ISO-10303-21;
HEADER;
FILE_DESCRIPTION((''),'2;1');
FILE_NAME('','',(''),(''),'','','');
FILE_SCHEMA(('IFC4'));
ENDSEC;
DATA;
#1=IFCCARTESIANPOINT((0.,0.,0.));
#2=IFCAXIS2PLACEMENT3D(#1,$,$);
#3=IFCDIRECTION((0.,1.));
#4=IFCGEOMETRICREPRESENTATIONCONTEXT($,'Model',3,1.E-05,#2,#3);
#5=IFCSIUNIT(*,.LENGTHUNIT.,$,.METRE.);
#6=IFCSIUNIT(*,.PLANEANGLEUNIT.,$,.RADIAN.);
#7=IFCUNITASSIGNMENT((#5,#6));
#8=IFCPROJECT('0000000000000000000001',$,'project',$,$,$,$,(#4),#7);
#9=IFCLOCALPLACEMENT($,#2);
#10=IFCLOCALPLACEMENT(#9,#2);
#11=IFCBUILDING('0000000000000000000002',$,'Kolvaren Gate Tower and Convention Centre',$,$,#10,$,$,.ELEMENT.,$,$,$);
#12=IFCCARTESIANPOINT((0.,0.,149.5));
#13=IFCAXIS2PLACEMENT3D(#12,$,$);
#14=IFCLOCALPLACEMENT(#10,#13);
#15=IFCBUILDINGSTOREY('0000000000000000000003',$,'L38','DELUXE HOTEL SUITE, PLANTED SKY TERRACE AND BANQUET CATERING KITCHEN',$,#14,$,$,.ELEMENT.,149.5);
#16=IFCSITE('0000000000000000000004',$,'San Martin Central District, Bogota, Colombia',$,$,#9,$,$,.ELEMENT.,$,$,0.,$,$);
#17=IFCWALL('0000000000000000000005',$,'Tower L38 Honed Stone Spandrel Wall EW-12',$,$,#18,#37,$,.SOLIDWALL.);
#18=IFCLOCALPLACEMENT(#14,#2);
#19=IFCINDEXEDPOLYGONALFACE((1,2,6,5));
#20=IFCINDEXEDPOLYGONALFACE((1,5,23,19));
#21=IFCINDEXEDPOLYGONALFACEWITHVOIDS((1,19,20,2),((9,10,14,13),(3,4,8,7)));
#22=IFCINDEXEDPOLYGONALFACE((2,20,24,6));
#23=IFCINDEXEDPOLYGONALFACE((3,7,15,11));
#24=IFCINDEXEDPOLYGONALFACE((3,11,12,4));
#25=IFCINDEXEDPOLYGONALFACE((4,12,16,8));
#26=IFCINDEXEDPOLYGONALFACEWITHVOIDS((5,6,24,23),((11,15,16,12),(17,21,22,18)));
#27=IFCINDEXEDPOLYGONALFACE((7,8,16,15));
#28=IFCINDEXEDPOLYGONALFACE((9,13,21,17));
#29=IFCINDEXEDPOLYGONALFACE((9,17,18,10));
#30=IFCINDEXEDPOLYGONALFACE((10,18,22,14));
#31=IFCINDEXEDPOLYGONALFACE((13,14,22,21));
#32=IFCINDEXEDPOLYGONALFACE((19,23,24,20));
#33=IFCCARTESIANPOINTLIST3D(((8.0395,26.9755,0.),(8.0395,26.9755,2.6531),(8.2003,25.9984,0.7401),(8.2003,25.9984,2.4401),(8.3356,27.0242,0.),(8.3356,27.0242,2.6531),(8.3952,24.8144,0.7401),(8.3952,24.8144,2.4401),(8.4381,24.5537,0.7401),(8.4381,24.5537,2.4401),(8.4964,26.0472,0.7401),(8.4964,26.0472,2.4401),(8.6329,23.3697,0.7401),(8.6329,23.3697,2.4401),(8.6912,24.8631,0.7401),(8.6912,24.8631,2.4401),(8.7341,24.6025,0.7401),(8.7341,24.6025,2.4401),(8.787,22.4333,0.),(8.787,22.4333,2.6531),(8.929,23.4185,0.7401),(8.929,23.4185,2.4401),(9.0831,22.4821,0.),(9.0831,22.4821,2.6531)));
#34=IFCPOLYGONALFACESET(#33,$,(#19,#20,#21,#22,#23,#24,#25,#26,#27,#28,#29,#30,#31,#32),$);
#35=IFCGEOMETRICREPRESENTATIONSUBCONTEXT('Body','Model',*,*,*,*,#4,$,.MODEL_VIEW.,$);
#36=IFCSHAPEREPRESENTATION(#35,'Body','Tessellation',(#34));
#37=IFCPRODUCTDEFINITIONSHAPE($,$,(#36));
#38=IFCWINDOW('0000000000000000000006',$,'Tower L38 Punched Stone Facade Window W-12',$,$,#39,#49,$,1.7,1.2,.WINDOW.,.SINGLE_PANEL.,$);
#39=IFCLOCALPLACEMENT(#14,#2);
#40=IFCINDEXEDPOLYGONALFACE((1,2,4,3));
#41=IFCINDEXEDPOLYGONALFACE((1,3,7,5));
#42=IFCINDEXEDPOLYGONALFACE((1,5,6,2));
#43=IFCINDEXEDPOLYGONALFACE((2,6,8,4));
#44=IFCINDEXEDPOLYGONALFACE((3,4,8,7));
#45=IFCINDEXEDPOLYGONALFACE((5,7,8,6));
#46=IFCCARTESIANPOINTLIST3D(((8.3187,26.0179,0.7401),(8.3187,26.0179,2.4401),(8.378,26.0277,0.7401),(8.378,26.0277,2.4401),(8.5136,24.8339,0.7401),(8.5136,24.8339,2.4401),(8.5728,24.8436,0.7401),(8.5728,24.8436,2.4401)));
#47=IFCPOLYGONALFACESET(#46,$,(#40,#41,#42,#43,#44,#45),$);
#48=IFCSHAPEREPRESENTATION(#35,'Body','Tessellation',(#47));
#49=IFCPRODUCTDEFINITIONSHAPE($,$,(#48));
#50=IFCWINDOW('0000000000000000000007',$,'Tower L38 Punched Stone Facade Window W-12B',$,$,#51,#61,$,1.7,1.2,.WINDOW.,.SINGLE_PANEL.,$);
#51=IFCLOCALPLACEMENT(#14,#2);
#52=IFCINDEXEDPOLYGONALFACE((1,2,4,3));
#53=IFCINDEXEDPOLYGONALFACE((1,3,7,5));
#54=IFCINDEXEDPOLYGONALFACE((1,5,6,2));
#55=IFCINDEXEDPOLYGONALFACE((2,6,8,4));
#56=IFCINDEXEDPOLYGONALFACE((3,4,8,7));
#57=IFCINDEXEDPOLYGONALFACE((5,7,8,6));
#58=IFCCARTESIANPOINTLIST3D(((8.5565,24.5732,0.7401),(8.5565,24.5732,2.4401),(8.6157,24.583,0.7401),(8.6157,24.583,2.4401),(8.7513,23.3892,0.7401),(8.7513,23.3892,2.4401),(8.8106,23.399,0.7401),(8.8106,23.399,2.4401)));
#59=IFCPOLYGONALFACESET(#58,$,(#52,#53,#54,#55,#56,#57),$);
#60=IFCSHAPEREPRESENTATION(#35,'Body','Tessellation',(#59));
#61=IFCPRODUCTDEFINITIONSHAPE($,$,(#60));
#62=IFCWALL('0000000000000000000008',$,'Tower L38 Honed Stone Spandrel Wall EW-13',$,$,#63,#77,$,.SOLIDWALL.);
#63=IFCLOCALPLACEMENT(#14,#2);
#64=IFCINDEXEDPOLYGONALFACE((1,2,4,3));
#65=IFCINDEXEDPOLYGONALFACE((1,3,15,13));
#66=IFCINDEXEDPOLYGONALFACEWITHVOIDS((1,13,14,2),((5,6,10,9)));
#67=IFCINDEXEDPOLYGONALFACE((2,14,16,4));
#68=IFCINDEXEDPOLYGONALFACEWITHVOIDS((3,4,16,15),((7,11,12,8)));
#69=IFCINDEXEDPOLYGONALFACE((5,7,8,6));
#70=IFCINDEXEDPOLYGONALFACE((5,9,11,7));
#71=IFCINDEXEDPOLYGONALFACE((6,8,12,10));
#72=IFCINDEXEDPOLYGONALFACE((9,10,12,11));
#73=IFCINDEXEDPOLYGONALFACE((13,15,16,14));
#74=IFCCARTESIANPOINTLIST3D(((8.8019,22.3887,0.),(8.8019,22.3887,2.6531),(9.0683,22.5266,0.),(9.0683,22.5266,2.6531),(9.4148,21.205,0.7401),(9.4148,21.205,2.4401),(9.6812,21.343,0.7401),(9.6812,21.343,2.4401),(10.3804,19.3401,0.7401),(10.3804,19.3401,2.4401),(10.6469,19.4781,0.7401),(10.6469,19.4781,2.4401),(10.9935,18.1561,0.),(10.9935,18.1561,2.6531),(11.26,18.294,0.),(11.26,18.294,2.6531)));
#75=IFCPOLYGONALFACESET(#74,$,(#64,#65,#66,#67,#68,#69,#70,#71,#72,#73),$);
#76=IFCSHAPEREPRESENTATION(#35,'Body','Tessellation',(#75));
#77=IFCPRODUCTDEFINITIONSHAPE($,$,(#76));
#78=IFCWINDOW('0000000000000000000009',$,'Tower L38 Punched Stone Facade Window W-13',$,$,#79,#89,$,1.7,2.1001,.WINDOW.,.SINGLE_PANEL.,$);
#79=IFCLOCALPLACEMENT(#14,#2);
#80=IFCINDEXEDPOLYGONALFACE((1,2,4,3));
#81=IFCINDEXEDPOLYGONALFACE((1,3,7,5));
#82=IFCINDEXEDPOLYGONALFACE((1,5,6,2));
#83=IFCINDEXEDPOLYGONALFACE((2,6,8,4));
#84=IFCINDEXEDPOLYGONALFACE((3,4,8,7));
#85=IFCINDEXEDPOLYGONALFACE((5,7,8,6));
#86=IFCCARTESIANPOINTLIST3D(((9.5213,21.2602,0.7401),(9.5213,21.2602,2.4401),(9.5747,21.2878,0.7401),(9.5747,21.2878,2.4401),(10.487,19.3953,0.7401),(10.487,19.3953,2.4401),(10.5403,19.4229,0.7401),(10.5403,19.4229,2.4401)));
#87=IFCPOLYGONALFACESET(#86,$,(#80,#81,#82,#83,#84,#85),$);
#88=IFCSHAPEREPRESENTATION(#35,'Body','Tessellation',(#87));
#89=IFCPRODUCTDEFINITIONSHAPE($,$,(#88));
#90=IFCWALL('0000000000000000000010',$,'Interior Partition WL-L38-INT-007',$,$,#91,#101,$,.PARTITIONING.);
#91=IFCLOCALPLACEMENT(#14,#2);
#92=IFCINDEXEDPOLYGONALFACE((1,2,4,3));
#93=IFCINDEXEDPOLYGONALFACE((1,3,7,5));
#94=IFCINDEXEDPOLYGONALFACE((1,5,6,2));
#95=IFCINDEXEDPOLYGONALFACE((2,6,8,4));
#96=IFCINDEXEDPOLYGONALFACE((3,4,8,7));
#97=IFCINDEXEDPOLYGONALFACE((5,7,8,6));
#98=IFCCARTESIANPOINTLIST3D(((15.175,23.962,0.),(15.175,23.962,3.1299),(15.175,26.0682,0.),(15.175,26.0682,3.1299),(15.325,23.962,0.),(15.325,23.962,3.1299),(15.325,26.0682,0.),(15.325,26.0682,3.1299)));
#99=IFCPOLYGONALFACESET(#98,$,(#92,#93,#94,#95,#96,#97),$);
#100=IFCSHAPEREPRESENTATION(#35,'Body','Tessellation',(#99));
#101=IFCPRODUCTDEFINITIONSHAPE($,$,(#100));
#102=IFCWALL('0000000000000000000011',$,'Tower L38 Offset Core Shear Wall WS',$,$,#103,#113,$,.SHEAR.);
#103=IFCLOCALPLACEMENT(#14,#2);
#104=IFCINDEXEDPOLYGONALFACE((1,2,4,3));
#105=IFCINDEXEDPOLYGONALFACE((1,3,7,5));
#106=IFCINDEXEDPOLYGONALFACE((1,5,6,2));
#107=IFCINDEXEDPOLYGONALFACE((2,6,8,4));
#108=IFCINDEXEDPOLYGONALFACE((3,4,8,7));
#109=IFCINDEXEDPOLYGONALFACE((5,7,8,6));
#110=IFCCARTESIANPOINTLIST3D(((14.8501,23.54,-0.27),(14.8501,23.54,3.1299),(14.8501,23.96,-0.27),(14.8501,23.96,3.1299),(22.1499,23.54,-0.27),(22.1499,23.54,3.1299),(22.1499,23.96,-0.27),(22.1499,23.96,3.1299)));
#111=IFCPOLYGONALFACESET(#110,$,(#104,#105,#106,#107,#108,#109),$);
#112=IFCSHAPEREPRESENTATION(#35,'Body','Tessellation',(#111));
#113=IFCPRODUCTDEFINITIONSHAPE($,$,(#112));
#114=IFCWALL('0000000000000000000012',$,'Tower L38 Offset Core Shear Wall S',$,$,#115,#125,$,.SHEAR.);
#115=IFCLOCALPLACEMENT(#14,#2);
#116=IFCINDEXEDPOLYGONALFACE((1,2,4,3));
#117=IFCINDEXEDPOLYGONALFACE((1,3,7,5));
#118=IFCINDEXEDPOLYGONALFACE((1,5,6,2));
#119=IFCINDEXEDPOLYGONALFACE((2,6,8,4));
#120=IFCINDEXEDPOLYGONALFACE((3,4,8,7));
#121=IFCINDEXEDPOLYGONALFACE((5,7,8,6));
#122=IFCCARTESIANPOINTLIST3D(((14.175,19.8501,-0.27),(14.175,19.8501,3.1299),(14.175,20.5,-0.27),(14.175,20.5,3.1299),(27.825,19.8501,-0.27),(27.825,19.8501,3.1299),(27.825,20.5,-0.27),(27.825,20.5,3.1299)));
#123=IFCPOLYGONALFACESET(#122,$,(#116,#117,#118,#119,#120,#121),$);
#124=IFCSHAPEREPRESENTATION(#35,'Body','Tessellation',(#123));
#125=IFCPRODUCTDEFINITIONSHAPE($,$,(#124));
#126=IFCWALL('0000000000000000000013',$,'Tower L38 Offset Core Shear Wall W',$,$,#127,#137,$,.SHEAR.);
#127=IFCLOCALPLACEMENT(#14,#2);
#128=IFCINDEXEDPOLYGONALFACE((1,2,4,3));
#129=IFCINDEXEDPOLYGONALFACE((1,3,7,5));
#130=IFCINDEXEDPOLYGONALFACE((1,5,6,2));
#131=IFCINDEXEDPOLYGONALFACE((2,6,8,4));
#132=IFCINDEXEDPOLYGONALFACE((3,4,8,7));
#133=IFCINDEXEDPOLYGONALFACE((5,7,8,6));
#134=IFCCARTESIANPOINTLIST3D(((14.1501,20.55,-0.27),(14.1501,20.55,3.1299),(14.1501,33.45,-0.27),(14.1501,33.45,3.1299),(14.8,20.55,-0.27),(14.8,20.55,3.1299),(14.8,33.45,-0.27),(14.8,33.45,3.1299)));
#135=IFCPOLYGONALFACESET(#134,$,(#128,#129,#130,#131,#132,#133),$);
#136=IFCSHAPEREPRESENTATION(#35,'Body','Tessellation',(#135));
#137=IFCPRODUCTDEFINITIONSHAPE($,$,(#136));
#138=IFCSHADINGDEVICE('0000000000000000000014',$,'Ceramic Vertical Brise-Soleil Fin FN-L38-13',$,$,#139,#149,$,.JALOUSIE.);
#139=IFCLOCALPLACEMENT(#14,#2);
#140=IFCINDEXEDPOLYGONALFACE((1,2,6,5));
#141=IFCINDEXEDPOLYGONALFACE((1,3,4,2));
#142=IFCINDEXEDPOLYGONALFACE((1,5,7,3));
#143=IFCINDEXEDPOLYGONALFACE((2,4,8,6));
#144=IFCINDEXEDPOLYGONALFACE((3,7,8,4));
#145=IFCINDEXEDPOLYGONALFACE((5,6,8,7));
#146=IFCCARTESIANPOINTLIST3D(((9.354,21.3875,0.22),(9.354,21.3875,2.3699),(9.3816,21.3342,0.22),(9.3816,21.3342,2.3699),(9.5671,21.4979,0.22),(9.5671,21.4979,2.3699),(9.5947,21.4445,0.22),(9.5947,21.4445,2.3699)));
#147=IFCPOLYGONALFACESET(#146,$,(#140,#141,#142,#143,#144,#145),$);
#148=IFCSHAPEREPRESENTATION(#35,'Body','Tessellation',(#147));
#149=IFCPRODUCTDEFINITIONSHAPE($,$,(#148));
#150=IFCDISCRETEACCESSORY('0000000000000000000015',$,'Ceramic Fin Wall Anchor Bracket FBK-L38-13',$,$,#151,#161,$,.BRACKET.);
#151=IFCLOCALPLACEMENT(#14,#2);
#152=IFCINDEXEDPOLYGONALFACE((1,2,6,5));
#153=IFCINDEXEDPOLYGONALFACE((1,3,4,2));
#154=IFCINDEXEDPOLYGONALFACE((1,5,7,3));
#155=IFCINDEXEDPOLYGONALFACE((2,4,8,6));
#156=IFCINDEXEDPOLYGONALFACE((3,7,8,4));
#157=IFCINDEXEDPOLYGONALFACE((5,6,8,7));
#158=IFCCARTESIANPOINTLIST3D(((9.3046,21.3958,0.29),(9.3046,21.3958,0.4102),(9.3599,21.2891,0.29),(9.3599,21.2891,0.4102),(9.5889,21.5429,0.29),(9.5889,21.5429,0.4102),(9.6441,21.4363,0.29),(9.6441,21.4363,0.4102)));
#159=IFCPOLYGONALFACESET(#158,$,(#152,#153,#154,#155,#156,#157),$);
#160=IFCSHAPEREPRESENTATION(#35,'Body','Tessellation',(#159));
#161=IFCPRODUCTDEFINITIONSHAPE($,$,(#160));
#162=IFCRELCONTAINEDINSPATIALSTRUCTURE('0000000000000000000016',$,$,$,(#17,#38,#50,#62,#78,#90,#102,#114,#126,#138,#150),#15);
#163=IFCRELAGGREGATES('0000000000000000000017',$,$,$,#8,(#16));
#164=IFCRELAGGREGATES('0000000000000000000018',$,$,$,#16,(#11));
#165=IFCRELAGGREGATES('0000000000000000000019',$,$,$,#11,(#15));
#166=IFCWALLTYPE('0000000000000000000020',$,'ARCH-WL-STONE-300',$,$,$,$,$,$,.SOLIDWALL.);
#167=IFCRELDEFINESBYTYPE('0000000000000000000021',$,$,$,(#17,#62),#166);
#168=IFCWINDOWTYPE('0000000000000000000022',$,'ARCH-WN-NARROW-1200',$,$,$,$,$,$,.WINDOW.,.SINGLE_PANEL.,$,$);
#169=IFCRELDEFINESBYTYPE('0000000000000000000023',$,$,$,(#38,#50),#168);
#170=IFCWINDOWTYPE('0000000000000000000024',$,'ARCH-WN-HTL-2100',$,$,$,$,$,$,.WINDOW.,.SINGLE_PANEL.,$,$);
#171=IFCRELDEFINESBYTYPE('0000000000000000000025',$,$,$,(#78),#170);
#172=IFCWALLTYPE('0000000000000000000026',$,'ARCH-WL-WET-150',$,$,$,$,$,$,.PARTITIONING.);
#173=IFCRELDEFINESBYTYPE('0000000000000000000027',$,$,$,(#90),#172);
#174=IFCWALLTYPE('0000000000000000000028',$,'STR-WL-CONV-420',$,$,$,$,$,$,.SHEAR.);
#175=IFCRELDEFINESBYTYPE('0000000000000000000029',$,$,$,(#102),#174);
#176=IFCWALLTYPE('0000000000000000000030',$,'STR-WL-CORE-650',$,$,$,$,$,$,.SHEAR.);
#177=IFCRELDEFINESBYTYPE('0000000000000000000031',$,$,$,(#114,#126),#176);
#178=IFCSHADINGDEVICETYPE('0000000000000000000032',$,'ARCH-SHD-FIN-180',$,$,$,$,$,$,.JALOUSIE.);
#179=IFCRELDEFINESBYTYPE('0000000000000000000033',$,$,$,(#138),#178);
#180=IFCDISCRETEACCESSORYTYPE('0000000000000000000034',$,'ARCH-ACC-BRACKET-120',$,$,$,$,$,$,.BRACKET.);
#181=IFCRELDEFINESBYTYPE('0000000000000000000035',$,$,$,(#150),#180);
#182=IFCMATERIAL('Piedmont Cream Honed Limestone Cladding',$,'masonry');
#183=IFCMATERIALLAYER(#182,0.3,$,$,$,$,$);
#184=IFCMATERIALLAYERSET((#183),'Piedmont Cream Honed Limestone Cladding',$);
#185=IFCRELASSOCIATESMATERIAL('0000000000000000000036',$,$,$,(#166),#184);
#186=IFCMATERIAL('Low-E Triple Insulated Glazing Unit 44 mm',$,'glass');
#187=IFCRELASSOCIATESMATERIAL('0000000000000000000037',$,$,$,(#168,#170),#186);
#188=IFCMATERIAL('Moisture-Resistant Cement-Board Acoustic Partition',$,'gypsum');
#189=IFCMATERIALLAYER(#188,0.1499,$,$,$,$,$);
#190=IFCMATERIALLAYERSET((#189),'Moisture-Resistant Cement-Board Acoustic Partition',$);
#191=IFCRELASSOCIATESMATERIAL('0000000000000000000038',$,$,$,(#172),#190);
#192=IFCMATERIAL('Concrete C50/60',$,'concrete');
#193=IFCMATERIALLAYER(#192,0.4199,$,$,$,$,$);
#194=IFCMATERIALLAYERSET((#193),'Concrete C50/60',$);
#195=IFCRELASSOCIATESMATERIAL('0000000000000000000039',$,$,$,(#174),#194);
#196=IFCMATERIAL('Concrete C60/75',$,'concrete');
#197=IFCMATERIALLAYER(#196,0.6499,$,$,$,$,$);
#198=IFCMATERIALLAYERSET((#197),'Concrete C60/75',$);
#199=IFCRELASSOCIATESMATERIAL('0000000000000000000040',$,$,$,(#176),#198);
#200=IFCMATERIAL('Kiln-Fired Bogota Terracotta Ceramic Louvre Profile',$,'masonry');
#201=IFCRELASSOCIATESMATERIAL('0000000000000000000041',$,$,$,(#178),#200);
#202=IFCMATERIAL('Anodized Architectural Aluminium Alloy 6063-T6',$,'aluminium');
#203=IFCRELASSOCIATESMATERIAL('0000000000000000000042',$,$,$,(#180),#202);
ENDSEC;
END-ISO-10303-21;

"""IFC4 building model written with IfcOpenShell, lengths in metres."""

from ifc_helpers import new_model, si_unit, direction, frame, frame_2d, origin, origin_2d, place, context, subcontext, project, spatial, rectangle, extrude, material, layer, layer_set, type_object, element, fill, save


model = new_model("IFC4")

# Units and contexts
model_context = context("Model", 3, precision=1e-05, world=origin(), true_north=direction((0.0, 1.0)))
body_context = subcontext(model_context, "Body", "Model", "MODEL_VIEW")
ifc_project = project(units=[si_unit("LENGTHUNIT", "METRE"), si_unit("PLANEANGLEUNIT", "RADIAN")], contexts=[model_context])

# Site, building, storey
site_placement = place(None, origin())
site = spatial("IfcSite", under=ifc_project, at=site_placement, Name="San Martin Central District, Bogota, Colombia", CompositionType="ELEMENT", RefElevation=0.0)
building_placement = place(site_placement, origin())
building = spatial("IfcBuilding", under=site, at=building_placement, Name="Kolvaren Gate Tower and Convention Centre", CompositionType="ELEMENT")
storey_placement = place(building_placement, frame((0.0, 0.0, 149.5)))
storey = spatial("IfcBuildingStorey", under=building, at=storey_placement, Name="L38", Description="DELUXE HOTEL SUITE, PLANTED SKY TERRACE AND BANQUET CATERING KITCHEN", CompositionType="ELEMENT", Elevation=149.5)

# Shared definitions
ifc_material_1 = material(Name="Concrete C60/75", Category="concrete")

# Shared definitions
ifc_material_2 = material(Name="Anodized Architectural Aluminium Alloy 6063-T6", Category="aluminium")

# Shared definitions
ifc_material_3 = material(Name="Piedmont Cream Honed Limestone Cladding", Category="masonry")

# Shared definitions
ifc_layer_1 = layer(ifc_material_3, 0.3)
ifc_layer_set_1 = layer_set([ifc_layer_1], Name="Piedmont Cream Honed Limestone Cladding")
wall_type_1 = type_object("IfcWallType", Name="ARCH-WL-STONE-300", PredefinedType="SOLIDWALL", material=ifc_layer_set_1)

# Wall, openings, windows
wall_1_placement = place(storey_placement, frame((8.1875, 27.0, 0.0), z_axis=(0.0, 0.0, 1.0), x_axis=(0.162395, -0.986726, 0.0)))
wall_1 = element("IfcWall", 1, at=wall_1_placement, inside=storey, type_object=wall_type_1, Name="Tower L38 Honed Stone Spandrel Wall EW-12", PredefinedType="SOLIDWALL", context=body_context, shape_type="SweptSolid", body=[
    extrude(rectangle(XDim=4.6033, YDim=0.3, at=frame_2d((2.3018, 0.0))), origin(), (0.0, 0.0, 1.0), 2.6531),
])
opening_1_placement = place(wall_1_placement, frame((0.9902, 0.0, 0.74)))
opening_1 = element("IfcOpeningElement", 2, at=opening_1_placement, cuts=wall_1, PredefinedType="OPENING", context=body_context, shape_type="SweptSolid", body=[
    extrude(rectangle(XDim=1.2, YDim=1.7, at=frame_2d((0.6001, 0.8501))), frame((0.0, 0.1599, 0.0), z_axis=(0.0, -1.0, 0.0), x_axis=(1.0, 0.0, 0.0)), (0.0, 0.0, 1.0), 0.3201),
])
opening_2_placement = place(wall_1_placement, frame((2.4543, 0.0, 0.74)))
opening_2 = element("IfcOpeningElement", 3, at=opening_2_placement, cuts=wall_1, PredefinedType="OPENING", context=body_context, shape_type="SweptSolid", body=[
    extrude(rectangle(XDim=1.2, YDim=1.7, at=frame_2d((0.6001, 0.8501))), frame((0.0, 0.1599, 0.0), z_axis=(0.0, -1.0, 0.0), x_axis=(1.0, 0.0, 0.0)), (0.0, 0.0, 1.0), 0.3201),
])
ifc_material_4 = material(Name="Low-E Triple Insulated Glazing Unit 44 mm", Category="glass")
window_type_1 = type_object("IfcWindowType", Name="ARCH-WN-NARROW-1200", PartitioningType="SINGLE_PANEL", PredefinedType="WINDOW", material=ifc_material_4)
window_1_placement = place(opening_1_placement, origin())
window_1 = element("IfcWindow", 4, at=window_1_placement, inside=storey, type_object=window_type_1, Name="Tower L38 Punched Stone Facade Window W-12", OverallHeight=1.7, OverallWidth=1.2, PartitioningType="SINGLE_PANEL", PredefinedType="WINDOW", context=body_context, shape_type="SweptSolid", body=[
    extrude(rectangle(XDim=1.2, YDim=1.7, at=frame_2d((0.6001, 0.8501))), frame((0.0, 0.03, 0.0), z_axis=(0.0, -1.0, 0.0), x_axis=(1.0, 0.0, 0.0)), (0.0, 0.0, 1.0), 0.0601),
])
fill(opening_1, window_1)
window_2_placement = place(opening_2_placement, origin())
window_2 = element("IfcWindow", 5, at=window_2_placement, inside=storey, type_object=window_type_1, Name="Tower L38 Punched Stone Facade Window W-12B", OverallHeight=1.7, OverallWidth=1.2, PartitioningType="SINGLE_PANEL", PredefinedType="WINDOW", context=body_context, shape_type="SweptSolid", body=[
    extrude(rectangle(XDim=1.2, YDim=1.7, at=frame_2d((0.6001, 0.8501))), frame((0.0, 0.03, 0.0), z_axis=(0.0, -1.0, 0.0), x_axis=(1.0, 0.0, 0.0)), (0.0, 0.0, 1.0), 0.0601),
])
fill(opening_2, window_2)

# Wall, opening, window
wall_2_placement = place(storey_placement, frame((8.9351, 22.4578, 0.0), z_axis=(0.0, 0.0, 1.0), x_axis=(0.45981, -0.888017, 0.0)))
wall_2 = element("IfcWall", 6, at=wall_2_placement, inside=storey, type_object=wall_type_1, Name="Tower L38 Honed Stone Spandrel Wall EW-13", PredefinedType="SOLIDWALL", context=body_context, shape_type="SweptSolid", body=[
    extrude(rectangle(XDim=4.7664, YDim=0.3, at=frame_2d((2.3833, 0.0))), origin(), (0.0, 0.0, 1.0), 2.6531),
])
opening_3_placement = place(wall_2_placement, frame((1.333, 0.0, 0.74)))
opening_3 = element("IfcOpeningElement", 7, at=opening_3_placement, cuts=wall_2, PredefinedType="OPENING", context=body_context, shape_type="SweptSolid", body=[
    extrude(rectangle(XDim=2.1001, YDim=1.7, at=frame_2d((1.05, 0.8501))), frame((0.0, 0.1599, 0.0), z_axis=(0.0, -1.0, 0.0), x_axis=(1.0, 0.0, 0.0)), (0.0, 0.0, 1.0), 0.3201),
])
window_type_2 = type_object("IfcWindowType", Name="ARCH-WN-HTL-2100", PartitioningType="SINGLE_PANEL", PredefinedType="WINDOW", material=ifc_material_4)
window_3_placement = place(opening_3_placement, origin())
window_3 = element("IfcWindow", 8, at=window_3_placement, inside=storey, type_object=window_type_2, Name="Tower L38 Punched Stone Facade Window W-13", OverallHeight=1.7, OverallWidth=2.1001, PartitioningType="SINGLE_PANEL", PredefinedType="WINDOW", context=body_context, shape_type="SweptSolid", body=[
    extrude(rectangle(XDim=2.1001, YDim=1.7, at=frame_2d((1.05, 0.8501))), frame((0.0, 0.03, 0.0), z_axis=(0.0, -1.0, 0.0), x_axis=(1.0, 0.0, 0.0)), (0.0, 0.0, 1.0), 0.0601),
])
fill(opening_3, window_3)

# Walls
ifc_material_5 = material(Name="Moisture-Resistant Cement-Board Acoustic Partition", Category="gypsum")
ifc_layer_2 = layer(ifc_material_5, 0.1499)
ifc_layer_set_2 = layer_set([ifc_layer_2], Name="Moisture-Resistant Cement-Board Acoustic Partition")
wall_type_2 = type_object("IfcWallType", Name="ARCH-WL-WET-150", PredefinedType="PARTITIONING", material=ifc_layer_set_2)
wall_3_placement = place(storey_placement, frame((15.25, 23.9619, 0.0), z_axis=(0.0, 0.0, 1.0), x_axis=(0.0, 1.0, 0.0)))
element("IfcWall", 9, at=wall_3_placement, inside=storey, type_object=wall_type_2, Name="Interior Partition WL-L38-INT-007", PredefinedType="PARTITIONING", context=body_context, shape_type="SweptSolid", body=[
    extrude(rectangle(XDim=2.1062, YDim=0.1499, at=frame_2d((1.0532, 0.0))), origin(), (0.0, 0.0, 1.0), 3.1299),
])
ifc_material_6 = material(Name="Concrete C50/60", Category="concrete")
ifc_layer_3 = layer(ifc_material_6, 0.4199)
ifc_layer_set_3 = layer_set([ifc_layer_3], Name="Concrete C50/60")
wall_type_3 = type_object("IfcWallType", Name="STR-WL-CONV-420", PredefinedType="SHEAR", material=ifc_layer_set_3)
wall_4_placement = place(storey_placement, frame((14.8501, 23.75, -0.27), z_axis=(0.0, 0.0, 1.0), x_axis=(1.0, 0.0, 0.0)))
element("IfcWall", 10, at=wall_4_placement, inside=storey, type_object=wall_type_3, Name="Tower L38 Offset Core Shear Wall WS", PredefinedType="SHEAR", context=body_context, shape_type="SweptSolid", body=[
    extrude(rectangle(XDim=7.2998, YDim=0.4199, at=frame_2d((3.6499, 0.0))), origin(), (0.0, 0.0, 1.0), 3.3999),
])
ifc_layer_4 = layer(ifc_material_1, 0.6499)
ifc_layer_set_4 = layer_set([ifc_layer_4], Name="Concrete C60/75")
wall_type_4 = type_object("IfcWallType", Name="STR-WL-CORE-650", PredefinedType="SHEAR", material=ifc_layer_set_4)
wall_5_placement = place(storey_placement, frame((14.175, 20.175, -0.27), z_axis=(0.0, 0.0, 1.0), x_axis=(1.0, 0.0, 0.0)))
element("IfcWall", 11, at=wall_5_placement, inside=storey, type_object=wall_type_4, Name="Tower L38 Offset Core Shear Wall S", PredefinedType="SHEAR", context=body_context, shape_type="SweptSolid", body=[
    extrude(rectangle(XDim=13.6499, YDim=0.6499, at=frame_2d((6.825, 0.0))), origin(), (0.0, 0.0, 1.0), 3.3999),
])
wall_6_placement = place(storey_placement, frame((14.4751, 20.55, -0.27), z_axis=(0.0, 0.0, 1.0), x_axis=(0.0, 1.0, 0.0)))
element("IfcWall", 12, at=wall_6_placement, inside=storey, type_object=wall_type_4, Name="Tower L38 Offset Core Shear Wall W", PredefinedType="SHEAR", context=body_context, shape_type="SweptSolid", body=[
    extrude(rectangle(XDim=12.8999, YDim=0.6499, at=frame_2d((6.45, 0.0))), origin(), (0.0, 0.0, 1.0), 3.3999),
])

# Shading device
ifc_material_7 = material(Name="Kiln-Fired Bogota Terracotta Ceramic Louvre Profile", Category="masonry")
shading_device_type = type_object("IfcShadingDeviceType", Name="ARCH-SHD-FIN-180", PredefinedType="JALOUSIE", material=ifc_material_7)
shading_device_placement = place(storey_placement, frame((9.4744, 21.416, 0.22), z_axis=(0.0, 0.0, 1.0), x_axis=(0.459798, -0.888023, 0.0)))
element("IfcShadingDevice", 13, at=shading_device_placement, inside=storey, type_object=shading_device_type, Name="Ceramic Vertical Brise-Soleil Fin FN-L38-13", PredefinedType="JALOUSIE", context=body_context, shape_type="SweptSolid", body=[
    extrude(rectangle(XDim=0.0601, YDim=0.24, at=origin_2d()), origin(), (0.0, 0.0, 1.0), 2.1499),
])

# Discrete accessory
discrete_accessory_type = type_object("IfcDiscreteAccessoryType", Name="ARCH-ACC-BRACKET-120", PredefinedType="BRACKET", material=ifc_material_2)
discrete_accessory_placement = place(storey_placement, frame((9.4744, 21.416, 0.29), z_axis=(0.0, 0.0, 1.0), x_axis=(0.459798, -0.888023, 0.0)))
element("IfcDiscreteAccessory", 14, at=discrete_accessory_placement, inside=storey, type_object=discrete_accessory_type, Name="Ceramic Fin Wall Anchor Bracket FBK-L38-13", PredefinedType="BRACKET", context=body_context, shape_type="SweptSolid", body=[
    extrude(rectangle(XDim=0.1201, YDim=0.3201, at=origin_2d()), origin(), (0.0, 0.0, 1.0), 0.1201),
])

save(model, "model.ifc")
